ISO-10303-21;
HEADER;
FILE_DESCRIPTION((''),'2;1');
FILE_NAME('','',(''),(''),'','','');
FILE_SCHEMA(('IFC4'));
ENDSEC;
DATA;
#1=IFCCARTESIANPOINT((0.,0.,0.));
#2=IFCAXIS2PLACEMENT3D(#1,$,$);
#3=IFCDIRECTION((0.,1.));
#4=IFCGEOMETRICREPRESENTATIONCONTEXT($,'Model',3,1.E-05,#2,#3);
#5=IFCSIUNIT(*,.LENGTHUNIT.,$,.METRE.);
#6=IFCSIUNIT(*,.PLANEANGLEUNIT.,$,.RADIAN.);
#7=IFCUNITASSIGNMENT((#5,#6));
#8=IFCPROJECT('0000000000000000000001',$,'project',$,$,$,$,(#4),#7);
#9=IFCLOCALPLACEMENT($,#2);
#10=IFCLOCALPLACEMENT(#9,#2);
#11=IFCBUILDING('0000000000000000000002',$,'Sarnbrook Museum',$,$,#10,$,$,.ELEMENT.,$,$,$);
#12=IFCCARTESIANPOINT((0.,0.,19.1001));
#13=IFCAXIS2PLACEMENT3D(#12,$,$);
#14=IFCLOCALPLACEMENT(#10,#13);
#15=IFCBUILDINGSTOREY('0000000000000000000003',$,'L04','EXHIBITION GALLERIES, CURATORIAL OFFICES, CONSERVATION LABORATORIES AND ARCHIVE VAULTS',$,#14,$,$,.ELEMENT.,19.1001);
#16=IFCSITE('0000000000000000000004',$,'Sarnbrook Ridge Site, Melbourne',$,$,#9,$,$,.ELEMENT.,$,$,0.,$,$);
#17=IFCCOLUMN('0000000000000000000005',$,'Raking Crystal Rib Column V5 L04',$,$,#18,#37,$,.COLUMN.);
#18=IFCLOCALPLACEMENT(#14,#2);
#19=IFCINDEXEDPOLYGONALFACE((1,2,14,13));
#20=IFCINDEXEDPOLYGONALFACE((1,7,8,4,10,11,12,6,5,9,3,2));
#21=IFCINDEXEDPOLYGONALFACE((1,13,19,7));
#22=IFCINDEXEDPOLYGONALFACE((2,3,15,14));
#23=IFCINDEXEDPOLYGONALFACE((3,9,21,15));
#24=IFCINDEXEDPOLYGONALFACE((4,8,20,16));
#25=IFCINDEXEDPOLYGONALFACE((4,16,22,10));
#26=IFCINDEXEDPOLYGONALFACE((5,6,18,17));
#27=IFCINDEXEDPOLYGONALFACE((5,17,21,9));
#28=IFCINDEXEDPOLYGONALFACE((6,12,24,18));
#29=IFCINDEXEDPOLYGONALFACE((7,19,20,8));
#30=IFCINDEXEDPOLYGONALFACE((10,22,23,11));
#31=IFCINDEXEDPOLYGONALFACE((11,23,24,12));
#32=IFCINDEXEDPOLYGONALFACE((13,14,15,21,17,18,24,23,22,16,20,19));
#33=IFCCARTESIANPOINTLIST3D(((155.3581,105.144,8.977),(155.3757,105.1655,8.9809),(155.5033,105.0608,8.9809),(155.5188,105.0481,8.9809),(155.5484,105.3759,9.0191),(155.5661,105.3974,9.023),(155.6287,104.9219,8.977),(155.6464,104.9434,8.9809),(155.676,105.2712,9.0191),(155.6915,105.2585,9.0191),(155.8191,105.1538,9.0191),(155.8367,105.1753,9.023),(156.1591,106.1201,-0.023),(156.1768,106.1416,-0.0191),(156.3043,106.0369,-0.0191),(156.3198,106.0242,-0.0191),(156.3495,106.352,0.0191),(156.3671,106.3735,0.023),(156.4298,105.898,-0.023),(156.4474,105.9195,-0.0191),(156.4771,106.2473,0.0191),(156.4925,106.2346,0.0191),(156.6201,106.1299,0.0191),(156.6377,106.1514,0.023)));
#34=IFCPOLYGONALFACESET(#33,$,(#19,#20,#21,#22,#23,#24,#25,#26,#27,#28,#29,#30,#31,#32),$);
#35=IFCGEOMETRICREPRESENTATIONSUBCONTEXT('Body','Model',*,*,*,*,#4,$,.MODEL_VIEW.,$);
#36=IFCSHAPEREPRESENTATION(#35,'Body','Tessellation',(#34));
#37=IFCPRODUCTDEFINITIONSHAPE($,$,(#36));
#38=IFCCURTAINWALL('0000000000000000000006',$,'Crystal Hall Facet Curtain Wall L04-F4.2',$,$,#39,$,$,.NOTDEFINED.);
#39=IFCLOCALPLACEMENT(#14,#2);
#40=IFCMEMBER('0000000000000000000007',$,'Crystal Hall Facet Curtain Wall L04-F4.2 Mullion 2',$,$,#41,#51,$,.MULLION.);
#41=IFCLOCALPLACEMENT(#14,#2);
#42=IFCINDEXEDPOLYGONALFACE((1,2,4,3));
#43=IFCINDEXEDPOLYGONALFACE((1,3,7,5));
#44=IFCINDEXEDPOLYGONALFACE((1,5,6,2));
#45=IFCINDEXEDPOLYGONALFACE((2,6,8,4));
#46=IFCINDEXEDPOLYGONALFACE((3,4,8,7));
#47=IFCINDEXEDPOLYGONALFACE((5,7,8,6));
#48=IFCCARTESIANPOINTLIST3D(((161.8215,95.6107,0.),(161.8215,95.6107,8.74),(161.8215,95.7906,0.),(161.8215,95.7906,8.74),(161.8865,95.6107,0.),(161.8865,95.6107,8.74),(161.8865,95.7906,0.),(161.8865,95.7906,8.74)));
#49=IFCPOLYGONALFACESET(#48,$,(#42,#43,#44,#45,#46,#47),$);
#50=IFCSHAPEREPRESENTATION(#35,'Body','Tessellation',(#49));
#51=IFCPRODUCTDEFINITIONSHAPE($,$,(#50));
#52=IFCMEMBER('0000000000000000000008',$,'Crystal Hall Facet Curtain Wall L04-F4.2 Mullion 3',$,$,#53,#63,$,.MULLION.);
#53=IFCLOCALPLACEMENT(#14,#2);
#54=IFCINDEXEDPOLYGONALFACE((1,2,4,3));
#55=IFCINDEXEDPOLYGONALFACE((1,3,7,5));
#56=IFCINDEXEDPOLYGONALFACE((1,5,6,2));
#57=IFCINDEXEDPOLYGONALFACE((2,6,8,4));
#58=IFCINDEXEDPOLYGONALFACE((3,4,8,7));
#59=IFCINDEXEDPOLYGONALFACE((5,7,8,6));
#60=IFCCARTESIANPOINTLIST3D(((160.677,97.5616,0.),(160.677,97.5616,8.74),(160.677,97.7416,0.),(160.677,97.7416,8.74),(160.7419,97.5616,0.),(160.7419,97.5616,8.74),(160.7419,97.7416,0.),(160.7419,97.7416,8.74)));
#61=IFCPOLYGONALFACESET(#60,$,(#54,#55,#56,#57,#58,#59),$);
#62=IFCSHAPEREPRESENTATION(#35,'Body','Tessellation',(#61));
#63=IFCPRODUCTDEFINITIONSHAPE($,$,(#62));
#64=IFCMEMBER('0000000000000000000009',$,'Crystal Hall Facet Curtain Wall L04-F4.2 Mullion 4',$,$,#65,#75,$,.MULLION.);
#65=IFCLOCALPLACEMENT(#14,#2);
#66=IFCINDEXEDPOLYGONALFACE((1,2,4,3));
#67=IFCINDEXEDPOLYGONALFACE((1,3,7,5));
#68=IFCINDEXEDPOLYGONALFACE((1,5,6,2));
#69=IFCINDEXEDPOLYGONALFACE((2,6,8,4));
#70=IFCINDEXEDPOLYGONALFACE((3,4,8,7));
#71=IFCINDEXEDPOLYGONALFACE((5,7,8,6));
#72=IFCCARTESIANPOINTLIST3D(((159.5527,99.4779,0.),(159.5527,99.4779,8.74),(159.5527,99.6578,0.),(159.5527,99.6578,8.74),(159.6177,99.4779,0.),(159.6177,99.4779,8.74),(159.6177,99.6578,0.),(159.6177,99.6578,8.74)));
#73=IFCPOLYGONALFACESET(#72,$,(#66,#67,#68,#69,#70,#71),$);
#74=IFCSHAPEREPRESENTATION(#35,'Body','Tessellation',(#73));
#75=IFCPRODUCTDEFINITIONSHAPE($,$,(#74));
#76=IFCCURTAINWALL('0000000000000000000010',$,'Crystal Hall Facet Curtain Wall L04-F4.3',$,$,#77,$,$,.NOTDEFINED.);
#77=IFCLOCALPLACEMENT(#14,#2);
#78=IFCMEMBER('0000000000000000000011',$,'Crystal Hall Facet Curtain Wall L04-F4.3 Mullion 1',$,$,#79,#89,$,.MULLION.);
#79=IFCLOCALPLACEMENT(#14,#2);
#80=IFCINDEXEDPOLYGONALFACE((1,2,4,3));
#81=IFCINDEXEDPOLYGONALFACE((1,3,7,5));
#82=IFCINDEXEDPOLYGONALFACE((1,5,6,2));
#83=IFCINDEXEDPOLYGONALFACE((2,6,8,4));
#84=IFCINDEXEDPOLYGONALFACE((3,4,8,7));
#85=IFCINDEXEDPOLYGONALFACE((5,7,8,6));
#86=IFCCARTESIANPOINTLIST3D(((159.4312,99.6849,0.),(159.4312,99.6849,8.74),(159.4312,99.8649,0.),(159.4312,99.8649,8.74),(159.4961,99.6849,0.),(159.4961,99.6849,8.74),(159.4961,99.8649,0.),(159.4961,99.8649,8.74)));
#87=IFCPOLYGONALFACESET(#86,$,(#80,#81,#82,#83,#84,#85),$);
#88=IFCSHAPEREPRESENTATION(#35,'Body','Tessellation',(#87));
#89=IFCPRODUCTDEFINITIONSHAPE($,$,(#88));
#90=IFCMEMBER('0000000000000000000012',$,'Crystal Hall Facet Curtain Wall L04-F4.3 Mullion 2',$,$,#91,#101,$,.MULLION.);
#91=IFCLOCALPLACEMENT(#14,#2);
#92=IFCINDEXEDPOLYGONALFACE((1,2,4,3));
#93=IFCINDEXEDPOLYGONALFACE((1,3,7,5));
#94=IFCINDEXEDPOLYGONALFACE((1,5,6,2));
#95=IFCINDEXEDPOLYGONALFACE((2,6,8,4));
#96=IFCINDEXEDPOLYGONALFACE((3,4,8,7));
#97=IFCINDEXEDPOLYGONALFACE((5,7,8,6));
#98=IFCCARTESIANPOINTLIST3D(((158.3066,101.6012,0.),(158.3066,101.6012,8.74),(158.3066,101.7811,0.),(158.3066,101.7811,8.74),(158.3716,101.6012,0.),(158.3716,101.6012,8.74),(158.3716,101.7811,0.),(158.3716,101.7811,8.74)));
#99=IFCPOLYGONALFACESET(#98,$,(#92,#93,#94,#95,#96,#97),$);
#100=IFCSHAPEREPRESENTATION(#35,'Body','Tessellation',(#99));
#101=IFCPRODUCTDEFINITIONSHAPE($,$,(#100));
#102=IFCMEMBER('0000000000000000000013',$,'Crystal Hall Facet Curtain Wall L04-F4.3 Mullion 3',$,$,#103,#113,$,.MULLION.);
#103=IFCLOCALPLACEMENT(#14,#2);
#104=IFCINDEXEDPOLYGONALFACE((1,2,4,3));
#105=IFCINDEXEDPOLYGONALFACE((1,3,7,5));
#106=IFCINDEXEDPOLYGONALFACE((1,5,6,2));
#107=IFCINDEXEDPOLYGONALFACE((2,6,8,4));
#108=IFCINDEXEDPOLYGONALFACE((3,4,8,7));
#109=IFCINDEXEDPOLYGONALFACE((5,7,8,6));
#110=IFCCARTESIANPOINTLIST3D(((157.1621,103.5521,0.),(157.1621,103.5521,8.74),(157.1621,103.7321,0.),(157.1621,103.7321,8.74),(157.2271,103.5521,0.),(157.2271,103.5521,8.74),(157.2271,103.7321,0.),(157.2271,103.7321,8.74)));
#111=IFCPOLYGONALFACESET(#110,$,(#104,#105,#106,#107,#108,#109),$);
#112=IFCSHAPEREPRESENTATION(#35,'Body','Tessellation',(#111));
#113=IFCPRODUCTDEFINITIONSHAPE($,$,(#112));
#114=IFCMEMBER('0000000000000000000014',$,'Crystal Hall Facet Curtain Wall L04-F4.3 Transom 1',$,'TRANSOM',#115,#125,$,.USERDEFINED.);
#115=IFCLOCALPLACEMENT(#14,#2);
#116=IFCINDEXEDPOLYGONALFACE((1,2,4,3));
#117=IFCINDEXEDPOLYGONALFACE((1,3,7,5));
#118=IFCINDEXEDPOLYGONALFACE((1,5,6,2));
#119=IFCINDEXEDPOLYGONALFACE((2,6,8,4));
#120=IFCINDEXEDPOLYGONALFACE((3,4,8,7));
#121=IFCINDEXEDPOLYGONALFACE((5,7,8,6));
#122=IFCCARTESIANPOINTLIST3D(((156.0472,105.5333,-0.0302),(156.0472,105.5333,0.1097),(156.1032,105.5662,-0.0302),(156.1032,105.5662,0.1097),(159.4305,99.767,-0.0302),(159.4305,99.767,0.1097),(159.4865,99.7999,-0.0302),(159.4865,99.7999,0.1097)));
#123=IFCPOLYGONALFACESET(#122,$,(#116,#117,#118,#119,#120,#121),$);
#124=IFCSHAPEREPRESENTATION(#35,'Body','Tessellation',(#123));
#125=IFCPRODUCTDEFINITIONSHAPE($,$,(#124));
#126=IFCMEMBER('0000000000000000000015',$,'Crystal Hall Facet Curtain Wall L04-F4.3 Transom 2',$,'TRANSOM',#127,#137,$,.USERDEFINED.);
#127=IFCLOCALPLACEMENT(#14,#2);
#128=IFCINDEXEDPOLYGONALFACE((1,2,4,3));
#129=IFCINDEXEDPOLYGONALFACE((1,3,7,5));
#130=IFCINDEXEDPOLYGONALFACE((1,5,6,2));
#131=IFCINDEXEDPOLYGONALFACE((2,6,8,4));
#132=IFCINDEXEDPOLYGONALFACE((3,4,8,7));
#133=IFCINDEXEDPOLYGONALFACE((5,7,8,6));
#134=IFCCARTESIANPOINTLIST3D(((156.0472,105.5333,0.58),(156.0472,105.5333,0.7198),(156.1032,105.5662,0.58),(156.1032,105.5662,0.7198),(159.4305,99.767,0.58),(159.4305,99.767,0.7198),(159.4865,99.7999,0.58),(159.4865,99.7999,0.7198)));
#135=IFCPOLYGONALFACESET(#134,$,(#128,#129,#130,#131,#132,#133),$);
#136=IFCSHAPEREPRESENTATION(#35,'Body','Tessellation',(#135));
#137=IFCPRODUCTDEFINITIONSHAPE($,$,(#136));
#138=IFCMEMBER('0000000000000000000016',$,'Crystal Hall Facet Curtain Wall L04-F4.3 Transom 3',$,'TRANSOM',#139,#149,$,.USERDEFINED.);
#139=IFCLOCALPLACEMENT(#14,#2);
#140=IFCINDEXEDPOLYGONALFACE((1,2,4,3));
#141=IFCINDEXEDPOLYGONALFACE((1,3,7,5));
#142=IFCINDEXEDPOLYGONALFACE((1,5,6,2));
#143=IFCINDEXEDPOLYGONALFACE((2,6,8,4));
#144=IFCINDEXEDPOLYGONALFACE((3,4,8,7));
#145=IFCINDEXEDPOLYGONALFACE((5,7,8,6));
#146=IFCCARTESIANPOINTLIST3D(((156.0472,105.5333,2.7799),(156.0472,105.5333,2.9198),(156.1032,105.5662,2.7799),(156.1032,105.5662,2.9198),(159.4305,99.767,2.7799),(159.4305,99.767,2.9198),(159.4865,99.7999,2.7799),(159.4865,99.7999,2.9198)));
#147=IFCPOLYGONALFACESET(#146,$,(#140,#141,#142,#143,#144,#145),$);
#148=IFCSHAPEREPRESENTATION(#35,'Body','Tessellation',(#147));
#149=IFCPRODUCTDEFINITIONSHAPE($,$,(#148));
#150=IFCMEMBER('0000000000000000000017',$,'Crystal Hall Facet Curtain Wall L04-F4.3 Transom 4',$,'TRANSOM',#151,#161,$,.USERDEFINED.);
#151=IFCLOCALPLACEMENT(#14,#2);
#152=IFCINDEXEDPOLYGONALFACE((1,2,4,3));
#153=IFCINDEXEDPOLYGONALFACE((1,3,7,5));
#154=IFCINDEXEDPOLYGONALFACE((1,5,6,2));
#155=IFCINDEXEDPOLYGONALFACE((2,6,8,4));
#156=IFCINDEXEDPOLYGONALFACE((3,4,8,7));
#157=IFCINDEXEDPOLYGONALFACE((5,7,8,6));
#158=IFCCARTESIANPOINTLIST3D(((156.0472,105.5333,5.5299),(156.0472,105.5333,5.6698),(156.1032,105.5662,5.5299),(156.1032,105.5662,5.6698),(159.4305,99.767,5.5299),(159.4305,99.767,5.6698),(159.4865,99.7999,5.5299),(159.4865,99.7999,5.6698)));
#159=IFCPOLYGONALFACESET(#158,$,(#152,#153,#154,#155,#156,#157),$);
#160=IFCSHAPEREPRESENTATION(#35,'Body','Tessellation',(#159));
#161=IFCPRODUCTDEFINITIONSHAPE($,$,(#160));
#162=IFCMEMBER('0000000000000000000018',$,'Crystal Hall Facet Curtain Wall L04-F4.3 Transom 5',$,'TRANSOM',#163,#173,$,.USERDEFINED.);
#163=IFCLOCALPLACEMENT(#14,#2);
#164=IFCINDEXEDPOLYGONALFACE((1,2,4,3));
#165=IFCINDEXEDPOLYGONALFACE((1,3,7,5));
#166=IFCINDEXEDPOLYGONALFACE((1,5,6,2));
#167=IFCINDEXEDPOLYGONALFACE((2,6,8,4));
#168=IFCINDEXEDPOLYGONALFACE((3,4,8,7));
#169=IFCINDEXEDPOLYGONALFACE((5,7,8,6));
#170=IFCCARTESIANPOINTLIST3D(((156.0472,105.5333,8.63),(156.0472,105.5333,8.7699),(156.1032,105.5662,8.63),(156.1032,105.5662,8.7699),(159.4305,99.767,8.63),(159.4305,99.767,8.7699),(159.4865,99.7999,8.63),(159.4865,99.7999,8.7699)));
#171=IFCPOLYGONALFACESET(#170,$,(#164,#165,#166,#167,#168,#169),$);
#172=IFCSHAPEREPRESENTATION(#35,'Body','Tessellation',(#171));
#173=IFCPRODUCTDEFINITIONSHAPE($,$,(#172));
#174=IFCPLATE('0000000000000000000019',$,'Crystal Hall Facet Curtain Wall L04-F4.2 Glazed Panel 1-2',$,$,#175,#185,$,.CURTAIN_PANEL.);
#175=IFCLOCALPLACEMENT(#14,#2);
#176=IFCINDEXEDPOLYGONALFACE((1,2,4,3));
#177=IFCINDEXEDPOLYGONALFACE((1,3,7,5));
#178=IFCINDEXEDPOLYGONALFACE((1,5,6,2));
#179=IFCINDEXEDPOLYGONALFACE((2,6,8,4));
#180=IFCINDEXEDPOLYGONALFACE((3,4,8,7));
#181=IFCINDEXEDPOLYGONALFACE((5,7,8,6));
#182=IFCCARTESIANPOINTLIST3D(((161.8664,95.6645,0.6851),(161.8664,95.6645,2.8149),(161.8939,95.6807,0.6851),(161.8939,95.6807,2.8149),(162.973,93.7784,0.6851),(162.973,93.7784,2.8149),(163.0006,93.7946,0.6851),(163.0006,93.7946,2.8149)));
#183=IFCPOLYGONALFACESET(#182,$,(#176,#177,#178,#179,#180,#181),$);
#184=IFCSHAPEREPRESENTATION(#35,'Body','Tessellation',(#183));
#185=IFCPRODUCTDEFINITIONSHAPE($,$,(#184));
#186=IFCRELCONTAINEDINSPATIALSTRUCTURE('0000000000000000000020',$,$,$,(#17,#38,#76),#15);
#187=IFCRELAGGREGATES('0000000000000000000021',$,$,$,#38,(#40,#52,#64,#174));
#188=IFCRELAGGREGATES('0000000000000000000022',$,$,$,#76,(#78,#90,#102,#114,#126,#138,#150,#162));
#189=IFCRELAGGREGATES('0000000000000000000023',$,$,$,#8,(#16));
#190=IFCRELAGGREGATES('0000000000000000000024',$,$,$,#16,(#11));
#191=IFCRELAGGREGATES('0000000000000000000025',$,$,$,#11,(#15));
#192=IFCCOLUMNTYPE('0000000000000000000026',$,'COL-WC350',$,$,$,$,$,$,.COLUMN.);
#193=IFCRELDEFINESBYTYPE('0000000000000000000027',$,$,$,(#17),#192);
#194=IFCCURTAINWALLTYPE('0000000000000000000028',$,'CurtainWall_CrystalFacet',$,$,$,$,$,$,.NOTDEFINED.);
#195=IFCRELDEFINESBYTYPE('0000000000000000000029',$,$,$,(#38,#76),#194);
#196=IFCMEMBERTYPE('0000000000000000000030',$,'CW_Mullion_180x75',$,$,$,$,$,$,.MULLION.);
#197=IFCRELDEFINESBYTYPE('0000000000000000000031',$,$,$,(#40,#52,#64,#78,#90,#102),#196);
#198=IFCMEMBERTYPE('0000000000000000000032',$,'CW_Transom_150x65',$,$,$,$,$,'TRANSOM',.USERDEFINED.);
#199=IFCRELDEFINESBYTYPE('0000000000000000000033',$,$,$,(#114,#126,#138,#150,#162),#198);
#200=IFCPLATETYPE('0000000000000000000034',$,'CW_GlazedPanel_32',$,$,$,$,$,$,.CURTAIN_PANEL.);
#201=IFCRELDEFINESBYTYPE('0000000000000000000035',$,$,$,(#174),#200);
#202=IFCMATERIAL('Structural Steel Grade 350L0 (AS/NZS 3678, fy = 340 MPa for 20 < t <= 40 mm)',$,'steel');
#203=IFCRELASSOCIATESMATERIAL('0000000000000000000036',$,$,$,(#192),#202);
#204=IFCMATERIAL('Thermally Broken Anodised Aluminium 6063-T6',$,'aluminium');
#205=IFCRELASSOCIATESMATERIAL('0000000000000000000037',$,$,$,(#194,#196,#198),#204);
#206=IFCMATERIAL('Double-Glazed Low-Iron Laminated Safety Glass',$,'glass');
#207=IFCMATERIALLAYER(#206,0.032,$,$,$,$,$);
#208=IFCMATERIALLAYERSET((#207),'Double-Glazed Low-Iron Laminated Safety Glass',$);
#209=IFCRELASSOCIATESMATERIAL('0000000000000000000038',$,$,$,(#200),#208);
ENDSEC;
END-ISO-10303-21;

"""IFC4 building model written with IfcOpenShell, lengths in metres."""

from ifc_helpers import new_model, si_unit, direction, frame, origin, origin_2d, place, context, subcontext, project, spatial, rectangle, i_section, extrude, material, layer, layer_set, material_profile, profile_set, type_object, element, aggregate, save


model = new_model("IFC4")

# Units and contexts
model_context = context("Model", 3, precision=1e-05, world=origin(), true_north=direction((0.0, 1.0)))
body_context = subcontext(model_context, "Body", "Model", "MODEL_VIEW")
ifc_project = project(units=[si_unit("LENGTHUNIT", "METRE"), si_unit("PLANEANGLEUNIT", "RADIAN")], contexts=[model_context])

# Site, building, storey
site_placement = place(None, origin())
site = spatial("IfcSite", under=ifc_project, at=site_placement, Name="Sarnbrook Ridge Site, Melbourne", CompositionType="ELEMENT", RefElevation=0.0)
building_placement = place(site_placement, origin())
building = spatial("IfcBuilding", under=site, at=building_placement, Name="Sarnbrook Museum", CompositionType="ELEMENT")
storey_placement = place(building_placement, frame((0.0, 0.0, 19.1001)))
storey = spatial("IfcBuildingStorey", under=building, at=storey_placement, Name="L04", Description="EXHIBITION GALLERIES, CURATORIAL OFFICES, CONSERVATION LABORATORIES AND ARCHIVE VAULTS", CompositionType="ELEMENT", Elevation=19.1001)

# Column
ifc_material_1 = material(Name="Structural Steel Grade 350L0 (AS/NZS 3678, fy = 340 MPa for 20 < t <= 40 mm)", Category="steel")
ifc_material_profile_1 = material_profile(ifc_material_1, i_section(OverallWidth=0.3501, OverallDepth=0.3311, WebThickness=0.02, FlangeThickness=0.0281, at=origin_2d()), Name="350WC197")
ifc_profile_set_1 = profile_set([ifc_material_profile_1], Name="Structural Steel Grade 350L0 (AS/NZS 3678, fy = 340 MPa for 20 < t <= 40 mm)")
column_type = type_object("IfcColumnType", Name="COL-WC350", PredefinedType="COLUMN", material=ifc_profile_set_1)
column_placement = place(storey_placement, frame((156.3984, 106.1357, 0.0), z_axis=(-0.08814, -0.107401, 0.990301), x_axis=(0.773017, -0.634385, 0.0)))
element("IfcColumn", 1, at=column_placement, inside=storey, type_object=column_type, Name="Raking Crystal Rib Column V5 L04", PredefinedType="COLUMN", context=body_context, shape_type="SweptSolid", body=[
    extrude(i_section(OverallWidth=0.3501, OverallDepth=0.3311, WebThickness=0.02, FlangeThickness=0.0281, at=origin_2d()), origin(), (0.0, 0.0, 1.0), 9.0881),
])

# Curtain walls, members
ifc_material_2 = material(Name="Thermally Broken Anodised Aluminium 6063-T6", Category="aluminium")
curtain_wall_type = type_object("IfcCurtainWallType", Name="CurtainWall_CrystalFacet", PredefinedType="NOTDEFINED", material=ifc_material_2)
curtain_wall_1_placement = place(storey_placement, origin())
curtain_wall_1 = element("IfcCurtainWall", 2, at=curtain_wall_1_placement, inside=storey, type_object=curtain_wall_type, Name="Crystal Hall Facet Curtain Wall L04-F4.2", PredefinedType="NOTDEFINED")
ifc_material_profile_2 = material_profile(ifc_material_2, rectangle(XDim=0.0649, YDim=0.1799, at=origin_2d()), Name="ALU MULLION 65x180")
ifc_profile_set_2 = profile_set([ifc_material_profile_2], Name="Thermally Broken Anodised Aluminium 6063-T6")
member_type_1 = type_object("IfcMemberType", Name="CW_Mullion_180x75", PredefinedType="MULLION", material=ifc_profile_set_2)
member_1_placement = place(storey_placement, frame((161.854, 95.7007, 0.0), z_axis=(0.0, 0.0, 1.0), x_axis=(1.0, 0.0, 0.0)))
member_1 = element("IfcMember", 3, at=member_1_placement, type_object=member_type_1, Name="Crystal Hall Facet Curtain Wall L04-F4.2 Mullion 2", PredefinedType="MULLION", context=body_context, shape_type="SweptSolid", body=[
    extrude(rectangle(XDim=0.0649, YDim=0.1799, at=origin_2d()), origin(), (0.0, 0.0, 1.0), 8.74),
])
member_2_placement = place(storey_placement, frame((160.7095, 97.6516, 0.0), z_axis=(0.0, 0.0, 1.0), x_axis=(1.0, 0.0, 0.0)))
member_2 = element("IfcMember", 4, at=member_2_placement, type_object=member_type_1, Name="Crystal Hall Facet Curtain Wall L04-F4.2 Mullion 3", PredefinedType="MULLION", context=body_context, shape_type="SweptSolid", body=[
    extrude(rectangle(XDim=0.0649, YDim=0.1799, at=origin_2d()), origin(), (0.0, 0.0, 1.0), 8.74),
])
member_3_placement = place(storey_placement, frame((159.5852, 99.5679, 0.0), z_axis=(0.0, 0.0, 1.0), x_axis=(1.0, 0.0, 0.0)))
member_3 = element("IfcMember", 5, at=member_3_placement, type_object=member_type_1, Name="Crystal Hall Facet Curtain Wall L04-F4.2 Mullion 4", PredefinedType="MULLION", context=body_context, shape_type="SweptSolid", body=[
    extrude(rectangle(XDim=0.0649, YDim=0.1799, at=origin_2d()), origin(), (0.0, 0.0, 1.0), 8.74),
])
curtain_wall_2_placement = place(storey_placement, origin())
curtain_wall_2 = element("IfcCurtainWall", 6, at=curtain_wall_2_placement, inside=storey, type_object=curtain_wall_type, Name="Crystal Hall Facet Curtain Wall L04-F4.3", PredefinedType="NOTDEFINED")
member_4_placement = place(storey_placement, frame((159.4636, 99.7749, 0.0), z_axis=(0.0, 0.0, 1.0), x_axis=(1.0, 0.0, 0.0)))
member_4 = element("IfcMember", 7, at=member_4_placement, type_object=member_type_1, Name="Crystal Hall Facet Curtain Wall L04-F4.3 Mullion 1", PredefinedType="MULLION", context=body_context, shape_type="SweptSolid", body=[
    extrude(rectangle(XDim=0.0649, YDim=0.1799, at=origin_2d()), origin(), (0.0, 0.0, 1.0), 8.74),
])
member_5_placement = place(storey_placement, frame((158.3391, 101.6912, 0.0), z_axis=(0.0, 0.0, 1.0), x_axis=(1.0, 0.0, 0.0)))
member_5 = element("IfcMember", 8, at=member_5_placement, type_object=member_type_1, Name="Crystal Hall Facet Curtain Wall L04-F4.3 Mullion 2", PredefinedType="MULLION", context=body_context, shape_type="SweptSolid", body=[
    extrude(rectangle(XDim=0.0649, YDim=0.1799, at=origin_2d()), origin(), (0.0, 0.0, 1.0), 8.74),
])
member_6_placement = place(storey_placement, frame((157.1946, 103.6421, 0.0), z_axis=(0.0, 0.0, 1.0), x_axis=(1.0, 0.0, 0.0)))
member_6 = element("IfcMember", 9, at=member_6_placement, type_object=member_type_1, Name="Crystal Hall Facet Curtain Wall L04-F4.3 Mullion 3", PredefinedType="MULLION", context=body_context, shape_type="SweptSolid", body=[
    extrude(rectangle(XDim=0.0649, YDim=0.1799, at=origin_2d()), origin(), (0.0, 0.0, 1.0), 8.74),
])
ifc_material_profile_3 = material_profile(ifc_material_2, rectangle(XDim=0.0649, YDim=0.1399, at=origin_2d()), Name="ALU TRANSOM 65x140")
ifc_profile_set_3 = profile_set([ifc_material_profile_3], Name="Thermally Broken Anodised Aluminium 6063-T6")
member_type_2 = type_object("IfcMemberType", Name="CW_Transom_150x65", ElementType="TRANSOM", PredefinedType="USERDEFINED", material=ifc_profile_set_3)
member_7_placement = place(storey_placement, frame((159.4585, 99.7834, 0.0398), z_axis=(-0.506056, 0.862501, 0.0), x_axis=(-0.862501, -0.506056, 0.0)))
member_7 = element("IfcMember", 10, at=member_7_placement, type_object=member_type_2, Name="Crystal Hall Facet Curtain Wall L04-F4.3 Transom 1", ObjectType="TRANSOM", PredefinedType="USERDEFINED", context=body_context, shape_type="SweptSolid", body=[
    extrude(rectangle(XDim=0.0649, YDim=0.1399, at=origin_2d()), origin(), (0.0, 0.0, 1.0), 6.6855),
])
member_8_placement = place(storey_placement, frame((159.4585, 99.7834, 0.6499), z_axis=(-0.506056, 0.862501, 0.0), x_axis=(-0.862501, -0.506056, 0.0)))
member_8 = element("IfcMember", 11, at=member_8_placement, type_object=member_type_2, Name="Crystal Hall Facet Curtain Wall L04-F4.3 Transom 2", ObjectType="TRANSOM", PredefinedType="USERDEFINED", context=body_context, shape_type="SweptSolid", body=[
    extrude(rectangle(XDim=0.0649, YDim=0.1399, at=origin_2d()), origin(), (0.0, 0.0, 1.0), 6.6855),
])
member_9_placement = place(storey_placement, frame((159.4585, 99.7834, 2.8499), z_axis=(-0.506056, 0.862501, 0.0), x_axis=(-0.862501, -0.506056, 0.0)))
member_9 = element("IfcMember", 12, at=member_9_placement, type_object=member_type_2, Name="Crystal Hall Facet Curtain Wall L04-F4.3 Transom 3", ObjectType="TRANSOM", PredefinedType="USERDEFINED", context=body_context, shape_type="SweptSolid", body=[
    extrude(rectangle(XDim=0.0649, YDim=0.1399, at=origin_2d()), origin(), (0.0, 0.0, 1.0), 6.6855),
])
member_10_placement = place(storey_placement, frame((159.4585, 99.7834, 5.5999), z_axis=(-0.506056, 0.862501, 0.0), x_axis=(-0.862501, -0.506056, 0.0)))
member_10 = element("IfcMember", 13, at=member_10_placement, type_object=member_type_2, Name="Crystal Hall Facet Curtain Wall L04-F4.3 Transom 4", ObjectType="TRANSOM", PredefinedType="USERDEFINED", context=body_context, shape_type="SweptSolid", body=[
    extrude(rectangle(XDim=0.0649, YDim=0.1399, at=origin_2d()), origin(), (0.0, 0.0, 1.0), 6.6855),
])
member_11_placement = place(storey_placement, frame((159.4585, 99.7834, 8.7), z_axis=(-0.506056, 0.862501, 0.0), x_axis=(-0.862501, -0.506056, 0.0)))
member_11 = element("IfcMember", 14, at=member_11_placement, type_object=member_type_2, Name="Crystal Hall Facet Curtain Wall L04-F4.3 Transom 5", ObjectType="TRANSOM", PredefinedType="USERDEFINED", context=body_context, shape_type="SweptSolid", body=[
    extrude(rectangle(XDim=0.0649, YDim=0.1399, at=origin_2d()), origin(), (0.0, 0.0, 1.0), 6.6855),
])

# Plate
ifc_material_3 = material(Name="Double-Glazed Low-Iron Laminated Safety Glass", Category="glass")
ifc_layer_1 = layer(ifc_material_3, 0.032)
ifc_layer_set_1 = layer_set([ifc_layer_1], Name="Double-Glazed Low-Iron Laminated Safety Glass")
plate_type_1 = type_object("IfcPlateType", Name="CW_GlazedPanel_32", PredefinedType="CURTAIN_PANEL", material=ifc_layer_set_1)
plate_1_placement = place(storey_placement, frame((162.4197, 94.7214, 1.75), z_axis=(0.862499, 0.506058, 0.0), x_axis=(-0.506058, 0.862499, 0.0)))
plate_1 = element("IfcPlate", 15, at=plate_1_placement, type_object=plate_type_1, Name="Crystal Hall Facet Curtain Wall L04-F4.2 Glazed Panel 1-2", PredefinedType="CURTAIN_PANEL", context=body_context, shape_type="SweptSolid", body=[
    extrude(rectangle(XDim=2.1868, YDim=2.1299, at=origin_2d()), origin(), (0.0, 0.0, 1.0), 0.032),
])
aggregate(curtain_wall_1, [member_1, member_2, member_3, plate_1])
aggregate(curtain_wall_2, [member_4, member_5, member_6, member_7, member_8, member_9, member_10, member_11])

save(model, "model.ifc")
